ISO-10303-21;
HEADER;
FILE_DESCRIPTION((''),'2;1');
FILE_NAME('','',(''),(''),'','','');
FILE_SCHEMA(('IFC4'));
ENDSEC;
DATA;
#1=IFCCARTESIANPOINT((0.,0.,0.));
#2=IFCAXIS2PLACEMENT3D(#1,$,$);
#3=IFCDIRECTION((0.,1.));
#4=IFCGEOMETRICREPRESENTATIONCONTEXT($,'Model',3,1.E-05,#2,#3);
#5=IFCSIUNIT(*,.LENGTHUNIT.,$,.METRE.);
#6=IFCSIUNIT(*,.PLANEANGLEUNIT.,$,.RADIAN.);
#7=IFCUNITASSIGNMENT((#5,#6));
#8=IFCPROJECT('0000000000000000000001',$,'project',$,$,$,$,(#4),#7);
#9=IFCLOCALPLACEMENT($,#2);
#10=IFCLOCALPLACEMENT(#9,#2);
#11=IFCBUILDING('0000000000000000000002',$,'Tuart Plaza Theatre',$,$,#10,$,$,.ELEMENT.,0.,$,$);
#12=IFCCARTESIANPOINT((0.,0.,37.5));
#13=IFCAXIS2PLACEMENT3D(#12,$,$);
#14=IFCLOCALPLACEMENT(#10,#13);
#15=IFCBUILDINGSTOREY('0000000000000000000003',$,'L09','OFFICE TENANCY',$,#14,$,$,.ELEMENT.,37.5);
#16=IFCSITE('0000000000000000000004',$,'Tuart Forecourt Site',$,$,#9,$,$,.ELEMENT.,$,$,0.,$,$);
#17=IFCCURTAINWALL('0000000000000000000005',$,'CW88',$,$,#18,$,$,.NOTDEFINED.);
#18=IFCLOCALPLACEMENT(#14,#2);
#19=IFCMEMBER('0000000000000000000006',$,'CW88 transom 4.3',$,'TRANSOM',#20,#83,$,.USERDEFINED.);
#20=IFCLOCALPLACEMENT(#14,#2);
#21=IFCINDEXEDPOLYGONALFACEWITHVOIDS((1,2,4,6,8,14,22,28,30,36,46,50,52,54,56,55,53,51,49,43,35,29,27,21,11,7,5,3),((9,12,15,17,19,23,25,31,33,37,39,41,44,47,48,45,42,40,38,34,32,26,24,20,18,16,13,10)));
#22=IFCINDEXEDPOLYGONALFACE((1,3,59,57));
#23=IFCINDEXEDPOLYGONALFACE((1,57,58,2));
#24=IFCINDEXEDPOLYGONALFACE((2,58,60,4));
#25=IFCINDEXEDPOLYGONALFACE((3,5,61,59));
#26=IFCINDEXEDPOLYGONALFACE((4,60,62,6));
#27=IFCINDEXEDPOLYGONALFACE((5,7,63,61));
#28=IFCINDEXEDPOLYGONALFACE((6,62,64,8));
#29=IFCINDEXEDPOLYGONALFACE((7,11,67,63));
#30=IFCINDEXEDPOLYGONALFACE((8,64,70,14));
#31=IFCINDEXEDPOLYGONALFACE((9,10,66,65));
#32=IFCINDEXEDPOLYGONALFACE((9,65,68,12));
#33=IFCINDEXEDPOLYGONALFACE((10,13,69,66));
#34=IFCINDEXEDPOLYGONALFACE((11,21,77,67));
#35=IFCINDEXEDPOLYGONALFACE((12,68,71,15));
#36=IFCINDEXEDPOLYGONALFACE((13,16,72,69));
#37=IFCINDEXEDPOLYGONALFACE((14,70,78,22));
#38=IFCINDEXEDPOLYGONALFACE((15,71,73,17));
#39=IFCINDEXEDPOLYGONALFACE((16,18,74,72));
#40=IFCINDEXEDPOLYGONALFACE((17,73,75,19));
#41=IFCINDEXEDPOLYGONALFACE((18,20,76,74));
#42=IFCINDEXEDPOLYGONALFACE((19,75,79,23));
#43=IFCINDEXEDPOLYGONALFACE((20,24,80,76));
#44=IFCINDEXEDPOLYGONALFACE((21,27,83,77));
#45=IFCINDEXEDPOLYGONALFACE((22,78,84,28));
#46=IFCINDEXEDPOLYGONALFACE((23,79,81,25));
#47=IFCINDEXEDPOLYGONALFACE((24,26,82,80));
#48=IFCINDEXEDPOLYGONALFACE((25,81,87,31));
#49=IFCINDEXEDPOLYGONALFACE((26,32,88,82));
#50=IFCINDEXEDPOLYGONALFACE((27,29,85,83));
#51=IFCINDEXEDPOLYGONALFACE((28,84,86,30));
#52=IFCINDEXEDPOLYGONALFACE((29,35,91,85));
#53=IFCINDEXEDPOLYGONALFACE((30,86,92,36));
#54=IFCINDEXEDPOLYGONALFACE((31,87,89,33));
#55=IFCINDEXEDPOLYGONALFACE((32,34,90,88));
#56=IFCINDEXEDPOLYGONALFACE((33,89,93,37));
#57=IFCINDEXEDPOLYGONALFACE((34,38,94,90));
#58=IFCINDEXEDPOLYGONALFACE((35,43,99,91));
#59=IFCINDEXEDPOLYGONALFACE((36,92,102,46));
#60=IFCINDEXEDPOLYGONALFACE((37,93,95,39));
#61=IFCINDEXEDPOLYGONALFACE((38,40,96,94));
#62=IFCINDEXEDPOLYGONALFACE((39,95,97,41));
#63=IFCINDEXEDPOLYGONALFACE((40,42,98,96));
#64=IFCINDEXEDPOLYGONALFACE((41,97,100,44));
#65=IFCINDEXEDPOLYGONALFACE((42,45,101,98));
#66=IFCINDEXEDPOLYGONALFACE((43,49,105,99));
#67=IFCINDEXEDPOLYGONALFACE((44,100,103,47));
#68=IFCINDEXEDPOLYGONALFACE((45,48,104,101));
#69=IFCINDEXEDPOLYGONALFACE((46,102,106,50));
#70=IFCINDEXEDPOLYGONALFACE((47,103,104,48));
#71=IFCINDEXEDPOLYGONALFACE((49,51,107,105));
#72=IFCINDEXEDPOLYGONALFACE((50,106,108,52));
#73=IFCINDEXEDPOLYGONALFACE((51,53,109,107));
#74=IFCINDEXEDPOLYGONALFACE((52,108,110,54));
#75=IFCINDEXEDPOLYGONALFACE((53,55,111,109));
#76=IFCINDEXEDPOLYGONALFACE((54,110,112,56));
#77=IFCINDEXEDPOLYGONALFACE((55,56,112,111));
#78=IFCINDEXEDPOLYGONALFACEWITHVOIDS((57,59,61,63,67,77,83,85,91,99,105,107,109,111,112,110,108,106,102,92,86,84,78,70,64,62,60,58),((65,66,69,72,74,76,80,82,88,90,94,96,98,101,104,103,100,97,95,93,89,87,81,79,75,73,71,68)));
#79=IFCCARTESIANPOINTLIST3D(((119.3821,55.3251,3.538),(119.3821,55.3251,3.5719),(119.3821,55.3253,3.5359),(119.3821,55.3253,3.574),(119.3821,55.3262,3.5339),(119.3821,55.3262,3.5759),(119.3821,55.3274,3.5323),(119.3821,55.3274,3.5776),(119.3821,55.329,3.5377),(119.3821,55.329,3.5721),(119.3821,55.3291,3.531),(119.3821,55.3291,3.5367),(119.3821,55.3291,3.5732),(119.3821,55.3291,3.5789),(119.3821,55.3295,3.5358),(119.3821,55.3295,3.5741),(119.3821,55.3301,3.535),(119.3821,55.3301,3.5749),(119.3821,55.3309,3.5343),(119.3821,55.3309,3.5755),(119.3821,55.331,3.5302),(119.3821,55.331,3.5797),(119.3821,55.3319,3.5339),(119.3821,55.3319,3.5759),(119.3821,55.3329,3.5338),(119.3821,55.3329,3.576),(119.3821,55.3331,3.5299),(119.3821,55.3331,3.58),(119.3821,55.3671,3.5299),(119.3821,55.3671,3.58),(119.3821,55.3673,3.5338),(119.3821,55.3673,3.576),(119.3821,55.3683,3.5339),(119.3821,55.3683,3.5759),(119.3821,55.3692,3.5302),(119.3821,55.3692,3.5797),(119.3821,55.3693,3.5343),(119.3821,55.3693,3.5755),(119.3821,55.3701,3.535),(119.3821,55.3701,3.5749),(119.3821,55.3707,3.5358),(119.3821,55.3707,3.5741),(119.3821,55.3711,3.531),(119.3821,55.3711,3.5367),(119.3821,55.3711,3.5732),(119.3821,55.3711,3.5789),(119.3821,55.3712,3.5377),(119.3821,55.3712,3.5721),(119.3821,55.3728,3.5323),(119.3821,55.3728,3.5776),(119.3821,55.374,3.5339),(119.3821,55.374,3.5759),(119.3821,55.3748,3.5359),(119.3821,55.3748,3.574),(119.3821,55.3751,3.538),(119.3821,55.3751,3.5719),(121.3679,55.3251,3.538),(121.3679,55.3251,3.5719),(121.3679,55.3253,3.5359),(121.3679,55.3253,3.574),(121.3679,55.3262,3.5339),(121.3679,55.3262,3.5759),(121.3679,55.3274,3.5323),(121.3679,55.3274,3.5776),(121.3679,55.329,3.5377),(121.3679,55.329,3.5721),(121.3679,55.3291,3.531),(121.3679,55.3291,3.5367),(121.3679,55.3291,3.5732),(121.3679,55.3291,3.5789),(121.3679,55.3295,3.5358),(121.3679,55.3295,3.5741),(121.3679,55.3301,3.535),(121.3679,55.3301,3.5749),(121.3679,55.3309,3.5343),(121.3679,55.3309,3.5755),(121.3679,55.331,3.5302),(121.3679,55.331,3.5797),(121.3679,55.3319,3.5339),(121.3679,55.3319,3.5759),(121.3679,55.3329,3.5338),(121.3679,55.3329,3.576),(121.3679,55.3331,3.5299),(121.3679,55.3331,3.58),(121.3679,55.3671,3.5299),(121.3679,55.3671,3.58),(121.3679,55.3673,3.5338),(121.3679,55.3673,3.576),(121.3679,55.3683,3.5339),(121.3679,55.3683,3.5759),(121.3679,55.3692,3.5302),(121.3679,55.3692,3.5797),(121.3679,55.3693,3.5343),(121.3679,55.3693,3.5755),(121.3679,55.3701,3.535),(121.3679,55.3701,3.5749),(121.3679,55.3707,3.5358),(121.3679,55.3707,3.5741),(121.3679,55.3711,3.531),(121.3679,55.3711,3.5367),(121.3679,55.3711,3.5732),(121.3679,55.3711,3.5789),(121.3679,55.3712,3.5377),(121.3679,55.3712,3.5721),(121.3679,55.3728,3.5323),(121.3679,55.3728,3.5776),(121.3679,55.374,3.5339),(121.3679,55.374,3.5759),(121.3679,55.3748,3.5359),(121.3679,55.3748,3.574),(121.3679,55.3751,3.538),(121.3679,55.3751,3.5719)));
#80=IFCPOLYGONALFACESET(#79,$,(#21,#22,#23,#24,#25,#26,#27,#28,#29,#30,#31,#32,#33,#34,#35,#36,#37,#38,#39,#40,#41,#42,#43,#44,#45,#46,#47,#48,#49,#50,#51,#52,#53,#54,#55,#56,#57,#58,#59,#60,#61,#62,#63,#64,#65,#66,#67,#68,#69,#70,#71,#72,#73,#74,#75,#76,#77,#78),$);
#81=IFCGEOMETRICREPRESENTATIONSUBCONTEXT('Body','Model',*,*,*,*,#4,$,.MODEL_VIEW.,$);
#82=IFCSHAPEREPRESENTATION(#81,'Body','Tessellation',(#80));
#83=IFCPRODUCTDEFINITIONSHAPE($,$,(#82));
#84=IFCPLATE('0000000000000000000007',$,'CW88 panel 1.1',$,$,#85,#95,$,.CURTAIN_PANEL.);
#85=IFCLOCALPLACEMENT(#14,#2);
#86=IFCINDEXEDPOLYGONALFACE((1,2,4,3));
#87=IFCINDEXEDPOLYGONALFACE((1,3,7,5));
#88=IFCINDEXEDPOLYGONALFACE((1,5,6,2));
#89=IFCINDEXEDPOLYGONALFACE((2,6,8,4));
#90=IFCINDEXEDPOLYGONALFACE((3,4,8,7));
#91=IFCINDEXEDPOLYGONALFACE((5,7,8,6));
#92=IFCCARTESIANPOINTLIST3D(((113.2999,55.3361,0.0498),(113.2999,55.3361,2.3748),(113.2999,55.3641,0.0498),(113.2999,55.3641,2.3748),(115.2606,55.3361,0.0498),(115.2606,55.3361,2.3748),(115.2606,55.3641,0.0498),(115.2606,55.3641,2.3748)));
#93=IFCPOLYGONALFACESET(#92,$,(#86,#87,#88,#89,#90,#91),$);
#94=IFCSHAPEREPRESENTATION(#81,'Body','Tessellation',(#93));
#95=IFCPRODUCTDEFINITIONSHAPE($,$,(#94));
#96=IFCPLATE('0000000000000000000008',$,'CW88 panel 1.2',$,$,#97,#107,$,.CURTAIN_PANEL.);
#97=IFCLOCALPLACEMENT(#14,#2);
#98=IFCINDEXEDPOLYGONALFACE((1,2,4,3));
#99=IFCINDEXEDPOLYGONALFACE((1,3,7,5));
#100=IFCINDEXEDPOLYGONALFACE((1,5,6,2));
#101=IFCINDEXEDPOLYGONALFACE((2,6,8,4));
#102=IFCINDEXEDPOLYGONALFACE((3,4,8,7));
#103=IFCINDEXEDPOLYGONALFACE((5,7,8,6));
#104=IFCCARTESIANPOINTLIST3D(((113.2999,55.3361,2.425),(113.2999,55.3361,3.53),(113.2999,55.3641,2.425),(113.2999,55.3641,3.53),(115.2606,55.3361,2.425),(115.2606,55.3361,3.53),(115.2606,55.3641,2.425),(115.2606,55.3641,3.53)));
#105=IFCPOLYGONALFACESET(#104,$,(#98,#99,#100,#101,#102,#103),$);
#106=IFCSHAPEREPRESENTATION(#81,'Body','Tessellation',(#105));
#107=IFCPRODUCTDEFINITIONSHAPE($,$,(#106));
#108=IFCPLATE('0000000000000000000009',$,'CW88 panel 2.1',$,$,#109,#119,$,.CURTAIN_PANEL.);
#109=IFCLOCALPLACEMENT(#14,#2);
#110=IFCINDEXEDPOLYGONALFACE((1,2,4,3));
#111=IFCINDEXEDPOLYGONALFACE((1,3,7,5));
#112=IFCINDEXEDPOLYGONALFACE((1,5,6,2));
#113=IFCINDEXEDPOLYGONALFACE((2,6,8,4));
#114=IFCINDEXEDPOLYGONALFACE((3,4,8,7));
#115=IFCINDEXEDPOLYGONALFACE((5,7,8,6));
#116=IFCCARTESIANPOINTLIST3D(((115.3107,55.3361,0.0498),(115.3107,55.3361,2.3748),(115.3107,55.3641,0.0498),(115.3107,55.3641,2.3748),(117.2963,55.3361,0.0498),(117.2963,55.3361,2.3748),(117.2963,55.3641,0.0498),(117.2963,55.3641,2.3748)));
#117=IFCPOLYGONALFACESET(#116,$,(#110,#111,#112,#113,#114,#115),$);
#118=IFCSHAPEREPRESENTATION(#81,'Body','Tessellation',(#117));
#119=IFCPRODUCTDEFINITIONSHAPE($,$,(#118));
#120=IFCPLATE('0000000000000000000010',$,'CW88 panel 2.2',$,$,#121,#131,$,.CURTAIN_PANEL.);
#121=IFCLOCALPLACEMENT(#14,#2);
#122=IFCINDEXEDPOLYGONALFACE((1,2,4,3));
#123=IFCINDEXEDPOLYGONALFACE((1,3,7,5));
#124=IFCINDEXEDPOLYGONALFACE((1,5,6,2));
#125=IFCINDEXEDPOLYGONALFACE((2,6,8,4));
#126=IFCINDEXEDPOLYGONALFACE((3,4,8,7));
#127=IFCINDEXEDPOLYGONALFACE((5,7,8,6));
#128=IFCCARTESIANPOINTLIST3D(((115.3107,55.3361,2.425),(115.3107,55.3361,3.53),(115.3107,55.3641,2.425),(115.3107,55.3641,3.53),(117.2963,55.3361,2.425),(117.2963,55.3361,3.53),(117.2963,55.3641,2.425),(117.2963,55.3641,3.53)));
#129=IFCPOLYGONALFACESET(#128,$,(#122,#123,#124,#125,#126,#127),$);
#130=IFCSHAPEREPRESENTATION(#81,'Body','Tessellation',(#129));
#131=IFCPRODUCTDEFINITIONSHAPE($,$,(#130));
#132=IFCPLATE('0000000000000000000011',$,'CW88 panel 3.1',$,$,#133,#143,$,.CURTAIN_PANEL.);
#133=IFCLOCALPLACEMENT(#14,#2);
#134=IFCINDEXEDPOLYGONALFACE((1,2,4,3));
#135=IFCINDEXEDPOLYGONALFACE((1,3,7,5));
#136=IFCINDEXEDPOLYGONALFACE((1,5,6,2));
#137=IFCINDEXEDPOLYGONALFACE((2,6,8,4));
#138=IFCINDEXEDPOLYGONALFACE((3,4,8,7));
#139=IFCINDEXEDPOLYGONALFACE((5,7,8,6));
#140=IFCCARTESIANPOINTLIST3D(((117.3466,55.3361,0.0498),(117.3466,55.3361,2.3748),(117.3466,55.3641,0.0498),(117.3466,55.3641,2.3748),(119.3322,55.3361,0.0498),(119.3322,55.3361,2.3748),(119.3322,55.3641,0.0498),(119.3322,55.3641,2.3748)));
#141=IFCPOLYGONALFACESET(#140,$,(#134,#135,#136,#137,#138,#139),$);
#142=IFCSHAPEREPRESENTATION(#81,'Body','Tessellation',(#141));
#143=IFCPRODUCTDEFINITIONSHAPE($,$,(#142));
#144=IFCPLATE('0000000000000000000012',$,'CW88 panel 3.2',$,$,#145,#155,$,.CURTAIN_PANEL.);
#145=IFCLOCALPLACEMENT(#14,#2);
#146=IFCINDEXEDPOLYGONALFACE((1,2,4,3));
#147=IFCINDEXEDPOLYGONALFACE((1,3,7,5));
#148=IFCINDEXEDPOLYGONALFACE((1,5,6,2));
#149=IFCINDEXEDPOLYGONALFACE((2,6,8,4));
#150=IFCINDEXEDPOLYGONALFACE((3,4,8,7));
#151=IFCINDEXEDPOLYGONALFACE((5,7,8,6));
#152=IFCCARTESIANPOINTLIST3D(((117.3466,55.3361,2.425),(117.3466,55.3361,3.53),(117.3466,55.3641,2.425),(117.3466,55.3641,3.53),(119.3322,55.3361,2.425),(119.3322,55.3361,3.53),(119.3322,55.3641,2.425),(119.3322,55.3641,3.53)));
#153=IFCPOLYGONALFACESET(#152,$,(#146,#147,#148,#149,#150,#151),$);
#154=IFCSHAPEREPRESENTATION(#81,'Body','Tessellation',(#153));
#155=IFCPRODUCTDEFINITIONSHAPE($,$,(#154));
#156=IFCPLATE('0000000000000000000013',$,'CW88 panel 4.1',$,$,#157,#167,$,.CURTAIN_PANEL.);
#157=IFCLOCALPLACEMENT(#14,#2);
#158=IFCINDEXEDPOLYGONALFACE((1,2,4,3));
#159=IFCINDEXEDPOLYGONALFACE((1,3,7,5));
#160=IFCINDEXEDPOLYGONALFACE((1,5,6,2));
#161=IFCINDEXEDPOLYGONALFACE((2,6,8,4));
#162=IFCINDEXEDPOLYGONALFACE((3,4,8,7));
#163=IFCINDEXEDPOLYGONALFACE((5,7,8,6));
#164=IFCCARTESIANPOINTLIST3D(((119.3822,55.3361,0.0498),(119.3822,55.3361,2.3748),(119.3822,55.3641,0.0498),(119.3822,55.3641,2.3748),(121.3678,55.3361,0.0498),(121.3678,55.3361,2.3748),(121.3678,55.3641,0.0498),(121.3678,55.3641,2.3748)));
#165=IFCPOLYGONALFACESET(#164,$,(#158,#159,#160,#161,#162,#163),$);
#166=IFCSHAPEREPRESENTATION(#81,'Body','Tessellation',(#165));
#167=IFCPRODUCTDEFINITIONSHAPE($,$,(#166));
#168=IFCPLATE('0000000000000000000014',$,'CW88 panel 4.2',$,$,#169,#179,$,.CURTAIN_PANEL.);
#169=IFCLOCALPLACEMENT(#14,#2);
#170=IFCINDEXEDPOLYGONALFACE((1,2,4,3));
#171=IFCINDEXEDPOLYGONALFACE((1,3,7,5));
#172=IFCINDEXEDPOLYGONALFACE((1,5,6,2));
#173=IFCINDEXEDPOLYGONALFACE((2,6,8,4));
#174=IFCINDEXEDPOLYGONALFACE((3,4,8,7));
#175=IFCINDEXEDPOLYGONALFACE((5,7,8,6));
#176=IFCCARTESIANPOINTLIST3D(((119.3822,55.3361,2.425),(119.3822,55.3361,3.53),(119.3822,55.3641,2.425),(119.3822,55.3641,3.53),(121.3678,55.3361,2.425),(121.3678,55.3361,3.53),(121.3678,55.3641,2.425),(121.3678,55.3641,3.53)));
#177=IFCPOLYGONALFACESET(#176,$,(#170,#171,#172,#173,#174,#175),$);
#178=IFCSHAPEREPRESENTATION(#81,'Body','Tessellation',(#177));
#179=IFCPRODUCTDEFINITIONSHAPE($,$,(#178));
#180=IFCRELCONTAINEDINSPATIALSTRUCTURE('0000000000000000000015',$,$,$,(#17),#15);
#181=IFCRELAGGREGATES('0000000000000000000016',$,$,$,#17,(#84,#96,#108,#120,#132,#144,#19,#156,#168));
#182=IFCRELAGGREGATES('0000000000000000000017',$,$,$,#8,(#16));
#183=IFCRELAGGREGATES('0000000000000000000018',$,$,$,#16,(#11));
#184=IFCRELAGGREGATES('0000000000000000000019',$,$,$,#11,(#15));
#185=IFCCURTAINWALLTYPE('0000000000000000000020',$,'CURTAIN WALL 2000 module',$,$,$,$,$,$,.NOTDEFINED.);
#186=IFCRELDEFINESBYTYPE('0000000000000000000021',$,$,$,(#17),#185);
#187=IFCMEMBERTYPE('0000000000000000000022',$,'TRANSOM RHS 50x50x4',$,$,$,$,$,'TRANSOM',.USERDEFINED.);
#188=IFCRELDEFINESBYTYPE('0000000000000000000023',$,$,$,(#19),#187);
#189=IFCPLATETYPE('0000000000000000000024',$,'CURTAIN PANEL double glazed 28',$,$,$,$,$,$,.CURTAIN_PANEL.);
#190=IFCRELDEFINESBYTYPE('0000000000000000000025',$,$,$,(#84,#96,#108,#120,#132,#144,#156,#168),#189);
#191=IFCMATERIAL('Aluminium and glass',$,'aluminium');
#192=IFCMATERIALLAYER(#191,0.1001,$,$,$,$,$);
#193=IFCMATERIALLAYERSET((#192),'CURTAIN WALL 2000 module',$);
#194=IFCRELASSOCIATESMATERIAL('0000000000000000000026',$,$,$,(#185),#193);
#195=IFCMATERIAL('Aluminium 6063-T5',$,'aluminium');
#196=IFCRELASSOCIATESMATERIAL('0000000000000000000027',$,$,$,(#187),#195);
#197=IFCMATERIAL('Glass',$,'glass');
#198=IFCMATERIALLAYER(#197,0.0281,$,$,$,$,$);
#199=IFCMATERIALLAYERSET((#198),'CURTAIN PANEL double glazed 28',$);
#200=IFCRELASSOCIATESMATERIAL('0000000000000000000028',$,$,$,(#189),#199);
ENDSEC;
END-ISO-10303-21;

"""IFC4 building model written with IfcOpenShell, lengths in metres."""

from ifc_helpers import new_model, si_unit, direction, frame, origin, origin_2d, place, context, subcontext, project, spatial, rectangle, hollow_rectangle, extrude, material, layer, layer_set, material_profile, profile_set, type_object, element, aggregate, save


model = new_model("IFC4")

# Units and contexts
model_context = context("Model", 3, precision=1e-05, world=origin(), true_north=direction((0.0, 1.0)))
body_context = subcontext(model_context, "Body", "Model", "MODEL_VIEW")
ifc_project = project(units=[si_unit("LENGTHUNIT", "METRE"), si_unit("PLANEANGLEUNIT", "RADIAN")], contexts=[model_context])

# Site, building, storey
site_placement = place(None, origin())
site = spatial("IfcSite", under=ifc_project, at=site_placement, Name="Tuart Forecourt Site", CompositionType="ELEMENT", RefElevation=0.0)
building_placement = place(site_placement, origin())
building = spatial("IfcBuilding", under=site, at=building_placement, Name="Tuart Plaza Theatre", CompositionType="ELEMENT", ElevationOfRefHeight=0.0)
storey_placement = place(building_placement, frame((0.0, 0.0, 37.5)))
storey = spatial("IfcBuildingStorey", under=building, at=storey_placement, Name="L09", Description="OFFICE TENANCY", CompositionType="ELEMENT", Elevation=37.5)

# Curtain wall, member, plates
ifc_material_1 = material(Name="Aluminium and glass", Category="aluminium")
ifc_layer_1 = layer(ifc_material_1, 0.1001)
ifc_layer_set_1 = layer_set([ifc_layer_1], Name="CURTAIN WALL 2000 module")
curtain_wall_type = type_object("IfcCurtainWallType", Name="CURTAIN WALL 2000 module", PredefinedType="NOTDEFINED", material=ifc_layer_set_1)
curtain_wall_placement = place(storey_placement, origin())
curtain_wall = element("IfcCurtainWall", 1, at=curtain_wall_placement, inside=storey, type_object=curtain_wall_type, Name="CW88", PredefinedType="NOTDEFINED")
ifc_material_2 = material(Name="Aluminium 6063-T5", Category="aluminium")
ifc_material_profile_1 = material_profile(ifc_material_2, hollow_rectangle(XDim=0.05, YDim=0.05, WallThickness=0.0039, InnerFilletRadius=0.0039, OuterFilletRadius=0.0081, at=origin_2d()), Name="RHS 50x50x4")
ifc_profile_set_1 = profile_set([ifc_material_profile_1], Name="Aluminium 6063-T5")
member_type_1 = type_object("IfcMemberType", Name="TRANSOM RHS 50x50x4", ElementType="TRANSOM", PredefinedType="USERDEFINED", material=ifc_profile_set_1)
member_1_placement = place(storey_placement, frame((119.3821, 55.3501, 3.5549), z_axis=(1.0, 0.0, 0.0), x_axis=(0.0, 1.0, 0.0)))
member_1 = element("IfcMember", 2, at=member_1_placement, type_object=member_type_1, Name="CW88 transom 4.3", ObjectType="TRANSOM", PredefinedType="USERDEFINED", context=body_context, shape_type="SweptSolid", body=[
    extrude(hollow_rectangle(XDim=0.05, YDim=0.05, WallThickness=0.0039, InnerFilletRadius=0.0039, OuterFilletRadius=0.0081, at=origin_2d()), origin(), (0.0, 0.0, 1.0), 1.9858),
])
ifc_material_3 = material(Name="Glass", Category="glass")
ifc_layer_2 = layer(ifc_material_3, 0.0281)
ifc_layer_set_2 = layer_set([ifc_layer_2], Name="CURTAIN PANEL double glazed 28")
plate_type = type_object("IfcPlateType", Name="CURTAIN PANEL double glazed 28", PredefinedType="CURTAIN_PANEL", material=ifc_layer_set_2)
plate_1_placement = place(storey_placement, frame((114.2803, 55.3501, 0.0498), z_axis=(0.0, 0.0, 1.0), x_axis=(1.0, 0.0, 0.0)))
plate_1 = element("IfcPlate", 3, at=plate_1_placement, type_object=plate_type, Name="CW88 panel 1.1", PredefinedType="CURTAIN_PANEL", context=body_context, shape_type="SweptSolid", body=[
    extrude(rectangle(XDim=1.9607, YDim=0.0281, at=origin_2d()), origin(), (0.0, 0.0, 1.0), 2.325),
])
plate_2_placement = place(storey_placement, frame((114.2803, 55.3501, 2.425), z_axis=(0.0, 0.0, 1.0), x_axis=(1.0, 0.0, 0.0)))
plate_2 = element("IfcPlate", 4, at=plate_2_placement, type_object=plate_type, Name="CW88 panel 1.2", PredefinedType="CURTAIN_PANEL", context=body_context, shape_type="SweptSolid", body=[
    extrude(rectangle(XDim=1.9607, YDim=0.0281, at=origin_2d()), origin(), (0.0, 0.0, 1.0), 1.105),
])
plate_3_placement = place(storey_placement, frame((116.3035, 55.3501, 0.0498), z_axis=(0.0, 0.0, 1.0), x_axis=(1.0, 0.0, 0.0)))
plate_3 = element("IfcPlate", 5, at=plate_3_placement, type_object=plate_type, Name="CW88 panel 2.1", PredefinedType="CURTAIN_PANEL", context=body_context, shape_type="SweptSolid", body=[
    extrude(rectangle(XDim=1.9856, YDim=0.0281, at=origin_2d()), origin(), (0.0, 0.0, 1.0), 2.325),
])
plate_4_placement = place(storey_placement, frame((116.3035, 55.3501, 2.425), z_axis=(0.0, 0.0, 1.0), x_axis=(1.0, 0.0, 0.0)))
plate_4 = element("IfcPlate", 6, at=plate_4_placement, type_object=plate_type, Name="CW88 panel 2.2", PredefinedType="CURTAIN_PANEL", context=body_context, shape_type="SweptSolid", body=[
    extrude(rectangle(XDim=1.9856, YDim=0.0281, at=origin_2d()), origin(), (0.0, 0.0, 1.0), 1.105),
])
plate_5_placement = place(storey_placement, frame((118.3394, 55.3501, 0.0498), z_axis=(0.0, 0.0, 1.0), x_axis=(1.0, 0.0, 0.0)))
plate_5 = element("IfcPlate", 7, at=plate_5_placement, type_object=plate_type, Name="CW88 panel 3.1", PredefinedType="CURTAIN_PANEL", context=body_context, shape_type="SweptSolid", body=[
    extrude(rectangle(XDim=1.9856, YDim=0.0281, at=origin_2d()), origin(), (0.0, 0.0, 1.0), 2.325),
])
plate_6_placement = place(storey_placement, frame((118.3394, 55.3501, 2.425), z_axis=(0.0, 0.0, 1.0), x_axis=(1.0, 0.0, 0.0)))
plate_6 = element("IfcPlate", 8, at=plate_6_placement, type_object=plate_type, Name="CW88 panel 3.2", PredefinedType="CURTAIN_PANEL", context=body_context, shape_type="SweptSolid", body=[
    extrude(rectangle(XDim=1.9856, YDim=0.0281, at=origin_2d()), origin(), (0.0, 0.0, 1.0), 1.105),
])
plate_7_placement = place(storey_placement, frame((120.375, 55.3501, 0.0498), z_axis=(0.0, 0.0, 1.0), x_axis=(1.0, 0.0, 0.0)))
plate_7 = element("IfcPlate", 9, at=plate_7_placement, type_object=plate_type, Name="CW88 panel 4.1", PredefinedType="CURTAIN_PANEL", context=body_context, shape_type="SweptSolid", body=[
    extrude(rectangle(XDim=1.9856, YDim=0.0281, at=origin_2d()), origin(), (0.0, 0.0, 1.0), 2.325),
])
plate_8_placement = place(storey_placement, frame((120.375, 55.3501, 2.425), z_axis=(0.0, 0.0, 1.0), x_axis=(1.0, 0.0, 0.0)))
plate_8 = element("IfcPlate", 10, at=plate_8_placement, type_object=plate_type, Name="CW88 panel 4.2", PredefinedType="CURTAIN_PANEL", context=body_context, shape_type="SweptSolid", body=[
    extrude(rectangle(XDim=1.9856, YDim=0.0281, at=origin_2d()), origin(), (0.0, 0.0, 1.0), 1.105),
])
aggregate(curtain_wall, [plate_1, plate_2, plate_3, plate_4, plate_5, plate_6, member_1, plate_7, plate_8])

save(model, "model.ifc")
